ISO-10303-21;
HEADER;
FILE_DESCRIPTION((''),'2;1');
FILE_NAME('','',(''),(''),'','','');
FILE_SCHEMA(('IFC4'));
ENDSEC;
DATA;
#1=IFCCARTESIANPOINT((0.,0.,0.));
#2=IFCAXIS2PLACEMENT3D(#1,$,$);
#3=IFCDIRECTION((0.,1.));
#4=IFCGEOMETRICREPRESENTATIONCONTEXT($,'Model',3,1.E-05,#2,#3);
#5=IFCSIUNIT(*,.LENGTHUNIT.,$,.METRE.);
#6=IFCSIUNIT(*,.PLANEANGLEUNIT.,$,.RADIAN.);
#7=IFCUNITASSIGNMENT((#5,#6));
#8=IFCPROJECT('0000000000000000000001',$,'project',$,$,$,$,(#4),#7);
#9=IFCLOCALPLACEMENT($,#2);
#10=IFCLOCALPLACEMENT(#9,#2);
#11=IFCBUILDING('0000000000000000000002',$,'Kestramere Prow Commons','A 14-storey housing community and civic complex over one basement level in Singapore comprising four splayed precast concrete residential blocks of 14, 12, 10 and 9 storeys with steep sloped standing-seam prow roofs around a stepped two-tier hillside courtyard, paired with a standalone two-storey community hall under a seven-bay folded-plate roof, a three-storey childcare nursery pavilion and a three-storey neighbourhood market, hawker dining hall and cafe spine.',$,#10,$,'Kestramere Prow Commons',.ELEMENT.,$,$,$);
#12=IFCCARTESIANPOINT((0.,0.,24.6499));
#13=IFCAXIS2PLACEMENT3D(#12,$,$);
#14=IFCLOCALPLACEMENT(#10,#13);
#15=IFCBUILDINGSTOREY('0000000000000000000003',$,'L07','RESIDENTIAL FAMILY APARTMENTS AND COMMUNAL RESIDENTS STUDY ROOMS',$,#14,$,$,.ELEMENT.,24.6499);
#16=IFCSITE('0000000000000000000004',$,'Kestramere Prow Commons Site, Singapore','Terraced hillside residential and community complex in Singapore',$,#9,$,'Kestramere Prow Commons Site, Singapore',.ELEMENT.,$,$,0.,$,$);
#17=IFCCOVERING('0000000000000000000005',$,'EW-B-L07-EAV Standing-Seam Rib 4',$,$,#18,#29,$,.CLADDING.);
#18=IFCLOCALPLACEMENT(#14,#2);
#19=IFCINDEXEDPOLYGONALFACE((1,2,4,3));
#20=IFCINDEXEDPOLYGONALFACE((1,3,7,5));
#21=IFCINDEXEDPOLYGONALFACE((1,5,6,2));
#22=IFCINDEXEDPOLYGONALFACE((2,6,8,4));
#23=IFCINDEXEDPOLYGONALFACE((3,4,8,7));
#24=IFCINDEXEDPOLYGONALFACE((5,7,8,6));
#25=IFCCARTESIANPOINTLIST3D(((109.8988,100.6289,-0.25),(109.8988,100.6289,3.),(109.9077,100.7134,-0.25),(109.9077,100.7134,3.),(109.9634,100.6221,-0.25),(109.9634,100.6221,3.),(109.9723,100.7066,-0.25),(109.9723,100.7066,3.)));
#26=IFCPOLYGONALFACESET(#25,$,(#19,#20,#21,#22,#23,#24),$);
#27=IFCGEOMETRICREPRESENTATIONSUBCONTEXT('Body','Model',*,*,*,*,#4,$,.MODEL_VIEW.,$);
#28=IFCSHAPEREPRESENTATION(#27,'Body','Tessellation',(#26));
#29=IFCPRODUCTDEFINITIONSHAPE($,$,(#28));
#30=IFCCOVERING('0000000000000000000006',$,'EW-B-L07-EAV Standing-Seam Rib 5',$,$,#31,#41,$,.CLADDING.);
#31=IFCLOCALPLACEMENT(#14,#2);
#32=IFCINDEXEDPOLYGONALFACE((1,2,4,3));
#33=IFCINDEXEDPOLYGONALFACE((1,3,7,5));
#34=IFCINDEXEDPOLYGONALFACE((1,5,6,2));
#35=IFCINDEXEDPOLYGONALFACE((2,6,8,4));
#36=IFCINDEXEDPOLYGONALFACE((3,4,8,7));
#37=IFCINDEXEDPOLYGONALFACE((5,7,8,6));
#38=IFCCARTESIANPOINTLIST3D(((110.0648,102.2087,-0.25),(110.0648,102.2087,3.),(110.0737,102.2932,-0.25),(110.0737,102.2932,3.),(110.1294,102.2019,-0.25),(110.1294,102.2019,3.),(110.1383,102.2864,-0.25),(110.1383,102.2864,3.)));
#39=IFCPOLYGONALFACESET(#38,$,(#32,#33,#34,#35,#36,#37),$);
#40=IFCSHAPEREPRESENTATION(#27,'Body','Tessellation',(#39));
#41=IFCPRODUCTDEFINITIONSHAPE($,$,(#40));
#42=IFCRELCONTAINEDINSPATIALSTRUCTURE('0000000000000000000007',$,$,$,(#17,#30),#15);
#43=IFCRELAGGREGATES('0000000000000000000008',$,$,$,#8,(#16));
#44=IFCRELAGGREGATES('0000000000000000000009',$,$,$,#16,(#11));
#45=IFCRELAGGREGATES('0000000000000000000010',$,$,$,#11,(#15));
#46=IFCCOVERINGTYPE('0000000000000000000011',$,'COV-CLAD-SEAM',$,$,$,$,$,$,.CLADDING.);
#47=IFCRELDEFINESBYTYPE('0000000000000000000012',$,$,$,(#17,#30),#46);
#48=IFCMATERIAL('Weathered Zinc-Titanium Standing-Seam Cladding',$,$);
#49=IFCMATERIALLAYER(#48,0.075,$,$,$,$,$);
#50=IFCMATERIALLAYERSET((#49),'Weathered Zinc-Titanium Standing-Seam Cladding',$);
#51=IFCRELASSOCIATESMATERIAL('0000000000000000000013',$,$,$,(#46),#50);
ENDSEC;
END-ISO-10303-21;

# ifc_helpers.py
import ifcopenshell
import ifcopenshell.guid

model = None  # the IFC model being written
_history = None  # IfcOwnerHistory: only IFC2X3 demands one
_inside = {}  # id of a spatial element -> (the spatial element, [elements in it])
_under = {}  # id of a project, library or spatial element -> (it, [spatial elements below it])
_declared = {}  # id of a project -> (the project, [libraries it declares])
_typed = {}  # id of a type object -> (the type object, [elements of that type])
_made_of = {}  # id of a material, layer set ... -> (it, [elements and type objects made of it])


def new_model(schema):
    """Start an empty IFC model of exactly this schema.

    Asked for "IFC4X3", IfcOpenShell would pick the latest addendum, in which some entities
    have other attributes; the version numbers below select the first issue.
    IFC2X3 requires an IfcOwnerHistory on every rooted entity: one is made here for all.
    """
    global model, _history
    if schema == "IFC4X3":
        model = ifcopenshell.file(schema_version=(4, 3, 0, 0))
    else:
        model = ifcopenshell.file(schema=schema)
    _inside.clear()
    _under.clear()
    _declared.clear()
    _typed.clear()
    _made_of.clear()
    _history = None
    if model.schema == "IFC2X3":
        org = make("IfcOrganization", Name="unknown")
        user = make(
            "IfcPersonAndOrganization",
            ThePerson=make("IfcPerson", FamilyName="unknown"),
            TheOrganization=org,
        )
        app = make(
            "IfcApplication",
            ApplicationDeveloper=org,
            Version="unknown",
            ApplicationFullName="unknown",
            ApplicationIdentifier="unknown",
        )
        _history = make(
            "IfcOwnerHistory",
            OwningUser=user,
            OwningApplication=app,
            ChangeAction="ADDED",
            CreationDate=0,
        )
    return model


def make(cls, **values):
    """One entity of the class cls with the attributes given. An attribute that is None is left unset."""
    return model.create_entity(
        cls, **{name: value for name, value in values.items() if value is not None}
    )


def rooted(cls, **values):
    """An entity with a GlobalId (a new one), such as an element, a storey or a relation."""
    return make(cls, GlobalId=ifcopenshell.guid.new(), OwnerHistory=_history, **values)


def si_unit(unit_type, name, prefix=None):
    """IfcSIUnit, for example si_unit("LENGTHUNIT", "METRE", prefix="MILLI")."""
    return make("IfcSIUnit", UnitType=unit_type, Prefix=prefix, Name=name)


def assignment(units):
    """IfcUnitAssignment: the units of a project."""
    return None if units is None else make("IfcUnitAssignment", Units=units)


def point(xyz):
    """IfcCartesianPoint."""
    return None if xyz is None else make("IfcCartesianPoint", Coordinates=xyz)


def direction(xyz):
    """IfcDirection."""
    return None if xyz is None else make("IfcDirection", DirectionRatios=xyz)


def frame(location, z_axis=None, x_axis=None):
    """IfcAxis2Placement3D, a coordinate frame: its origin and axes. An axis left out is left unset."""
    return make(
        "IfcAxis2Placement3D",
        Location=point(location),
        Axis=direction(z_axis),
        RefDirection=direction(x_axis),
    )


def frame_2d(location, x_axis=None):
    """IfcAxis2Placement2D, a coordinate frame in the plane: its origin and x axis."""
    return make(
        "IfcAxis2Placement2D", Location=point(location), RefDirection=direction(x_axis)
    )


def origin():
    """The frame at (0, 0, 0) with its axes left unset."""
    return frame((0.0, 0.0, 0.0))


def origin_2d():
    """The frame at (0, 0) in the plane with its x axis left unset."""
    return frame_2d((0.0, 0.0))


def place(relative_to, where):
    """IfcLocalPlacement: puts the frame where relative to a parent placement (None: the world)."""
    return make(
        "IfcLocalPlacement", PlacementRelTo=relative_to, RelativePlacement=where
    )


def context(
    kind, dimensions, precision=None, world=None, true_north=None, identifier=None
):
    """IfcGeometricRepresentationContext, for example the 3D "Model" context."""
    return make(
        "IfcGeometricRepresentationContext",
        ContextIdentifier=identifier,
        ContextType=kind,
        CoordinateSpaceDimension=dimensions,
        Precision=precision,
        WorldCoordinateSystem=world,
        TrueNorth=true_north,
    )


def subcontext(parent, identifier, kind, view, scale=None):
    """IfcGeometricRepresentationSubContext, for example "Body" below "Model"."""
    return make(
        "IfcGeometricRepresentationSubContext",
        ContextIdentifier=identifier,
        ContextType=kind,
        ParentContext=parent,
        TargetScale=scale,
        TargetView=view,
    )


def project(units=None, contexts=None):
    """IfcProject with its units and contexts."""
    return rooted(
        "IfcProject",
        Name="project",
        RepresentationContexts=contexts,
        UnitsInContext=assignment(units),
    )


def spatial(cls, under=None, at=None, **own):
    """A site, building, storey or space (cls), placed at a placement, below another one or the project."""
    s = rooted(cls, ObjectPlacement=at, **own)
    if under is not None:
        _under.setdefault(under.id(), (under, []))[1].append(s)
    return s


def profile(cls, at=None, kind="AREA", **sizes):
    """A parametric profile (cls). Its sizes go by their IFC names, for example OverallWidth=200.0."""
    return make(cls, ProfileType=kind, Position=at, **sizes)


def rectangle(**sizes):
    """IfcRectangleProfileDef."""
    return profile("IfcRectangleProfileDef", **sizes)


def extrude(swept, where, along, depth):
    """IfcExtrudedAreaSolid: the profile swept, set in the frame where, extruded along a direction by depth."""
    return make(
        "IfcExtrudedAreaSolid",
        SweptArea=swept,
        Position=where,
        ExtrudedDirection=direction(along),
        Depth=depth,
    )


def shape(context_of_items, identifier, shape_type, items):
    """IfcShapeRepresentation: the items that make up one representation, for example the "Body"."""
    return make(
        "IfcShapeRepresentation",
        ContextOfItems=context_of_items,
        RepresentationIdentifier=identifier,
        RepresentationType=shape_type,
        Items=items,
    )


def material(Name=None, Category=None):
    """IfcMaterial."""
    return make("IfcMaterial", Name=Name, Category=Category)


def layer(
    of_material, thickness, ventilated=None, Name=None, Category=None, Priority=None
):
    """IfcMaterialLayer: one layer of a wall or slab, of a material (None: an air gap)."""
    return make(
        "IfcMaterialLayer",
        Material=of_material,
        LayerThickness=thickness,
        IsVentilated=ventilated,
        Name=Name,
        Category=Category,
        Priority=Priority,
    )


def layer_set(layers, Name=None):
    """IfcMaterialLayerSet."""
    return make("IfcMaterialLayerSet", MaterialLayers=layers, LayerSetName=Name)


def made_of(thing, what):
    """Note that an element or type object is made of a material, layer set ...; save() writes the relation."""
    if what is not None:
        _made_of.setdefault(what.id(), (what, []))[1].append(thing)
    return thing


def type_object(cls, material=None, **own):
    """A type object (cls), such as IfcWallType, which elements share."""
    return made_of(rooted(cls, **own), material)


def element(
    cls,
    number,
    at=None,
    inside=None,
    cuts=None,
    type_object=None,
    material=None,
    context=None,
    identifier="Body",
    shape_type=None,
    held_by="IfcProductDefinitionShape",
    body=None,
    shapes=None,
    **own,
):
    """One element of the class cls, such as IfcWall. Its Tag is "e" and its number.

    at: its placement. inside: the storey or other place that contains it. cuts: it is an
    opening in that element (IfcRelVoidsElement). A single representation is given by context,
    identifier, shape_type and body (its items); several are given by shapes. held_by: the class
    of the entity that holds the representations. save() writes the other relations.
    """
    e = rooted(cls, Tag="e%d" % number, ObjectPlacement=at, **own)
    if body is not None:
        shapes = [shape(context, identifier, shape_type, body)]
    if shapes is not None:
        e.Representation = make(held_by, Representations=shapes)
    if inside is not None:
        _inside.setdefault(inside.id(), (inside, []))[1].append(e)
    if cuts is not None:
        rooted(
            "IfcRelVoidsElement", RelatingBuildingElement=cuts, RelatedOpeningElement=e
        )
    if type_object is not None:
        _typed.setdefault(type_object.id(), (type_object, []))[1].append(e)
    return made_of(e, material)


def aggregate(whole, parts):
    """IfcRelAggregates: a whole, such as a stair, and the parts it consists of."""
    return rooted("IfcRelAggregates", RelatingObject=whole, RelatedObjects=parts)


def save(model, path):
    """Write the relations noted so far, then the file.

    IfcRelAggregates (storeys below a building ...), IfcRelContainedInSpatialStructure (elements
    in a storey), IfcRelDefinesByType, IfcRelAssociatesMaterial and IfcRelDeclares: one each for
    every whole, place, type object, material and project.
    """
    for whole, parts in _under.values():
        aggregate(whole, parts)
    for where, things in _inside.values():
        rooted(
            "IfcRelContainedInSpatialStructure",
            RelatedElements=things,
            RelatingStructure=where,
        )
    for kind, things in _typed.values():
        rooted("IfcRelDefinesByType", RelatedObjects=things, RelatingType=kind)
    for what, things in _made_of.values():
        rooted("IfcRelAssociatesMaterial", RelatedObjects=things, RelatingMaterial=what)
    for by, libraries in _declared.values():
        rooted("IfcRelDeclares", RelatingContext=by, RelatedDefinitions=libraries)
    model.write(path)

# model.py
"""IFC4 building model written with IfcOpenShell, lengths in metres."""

from ifc_helpers import new_model, si_unit, direction, frame, origin, origin_2d, place, context, subcontext, project, spatial, rectangle, extrude, material, layer, layer_set, type_object, element, save


model = new_model("IFC4")

# Units and contexts
model_context = context("Model", 3, precision=1e-05, world=origin(), true_north=direction((0.0, 1.0)))
body_context = subcontext(model_context, "Body", "Model", "MODEL_VIEW")
ifc_project = project(units=[si_unit("LENGTHUNIT", "METRE"), si_unit("PLANEANGLEUNIT", "RADIAN")], contexts=[model_context])

# Site, building, storey
site_placement = place(None, origin())
site = spatial("IfcSite", under=ifc_project, at=site_placement, Name="Kestramere Prow Commons Site, Singapore", Description="Terraced hillside residential and community complex in Singapore", LongName="Kestramere Prow Commons Site, Singapore", CompositionType="ELEMENT", RefElevation=0.0)
building_placement = place(site_placement, origin())
building = spatial("IfcBuilding", under=site, at=building_placement, Name="Kestramere Prow Commons", Description="A 14-storey housing community and civic complex over one basement level in Singapore comprising four splayed precast concrete residential blocks of 14, 12, 10 and 9 storeys with steep sloped standing-seam prow roofs around a stepped two-tier hillside courtyard, paired with a standalone two-storey community hall under a seven-bay folded-plate roof, a three-storey childcare nursery pavilion and a three-storey neighbourhood market, hawker dining hall and cafe spine.", LongName="Kestramere Prow Commons", CompositionType="ELEMENT")
storey_placement = place(building_placement, frame((0.0, 0.0, 24.6499)))
storey = spatial("IfcBuildingStorey", under=building, at=storey_placement, Name="L07", Description="RESIDENTIAL FAMILY APARTMENTS AND COMMUNAL RESIDENTS STUDY ROOMS", CompositionType="ELEMENT", Elevation=24.6499)

# Coverings
ifc_material_1 = material(Name="Weathered Zinc-Titanium Standing-Seam Cladding")
ifc_layer_1 = layer(ifc_material_1, 0.075)
ifc_layer_set_1 = layer_set([ifc_layer_1], Name="Weathered Zinc-Titanium Standing-Seam Cladding")
covering_type = type_object("IfcCoveringType", Name="COV-CLAD-SEAM", PredefinedType="CLADDING", material=ifc_layer_set_1)
for number, where, z_axis, x_axis, name in (
    (1, (109.9355, 100.6677, -0.25), (0.0, 0.0, 1.0), (0.104528, 0.994522, 0.0), "EW-B-L07-EAV Standing-Seam Rib 4"),
    (2, (110.1016, 102.2476, -0.25), (0.0, 0.0, 1.0), (0.104528, 0.994522, 0.0), "EW-B-L07-EAV Standing-Seam Rib 5"),
):
    element("IfcCovering", number, at=place(storey_placement, frame(where, z_axis=z_axis, x_axis=x_axis)), inside=storey, type_object=covering_type, Name=name, PredefinedType="CLADDING", context=body_context, shape_type="SweptSolid", body=[
        extrude(rectangle(XDim=0.085, YDim=0.0649, at=origin_2d()), origin(), (0.0, 0.0, 1.0), 3.25),
    ])

save(model, "model.ifc")
